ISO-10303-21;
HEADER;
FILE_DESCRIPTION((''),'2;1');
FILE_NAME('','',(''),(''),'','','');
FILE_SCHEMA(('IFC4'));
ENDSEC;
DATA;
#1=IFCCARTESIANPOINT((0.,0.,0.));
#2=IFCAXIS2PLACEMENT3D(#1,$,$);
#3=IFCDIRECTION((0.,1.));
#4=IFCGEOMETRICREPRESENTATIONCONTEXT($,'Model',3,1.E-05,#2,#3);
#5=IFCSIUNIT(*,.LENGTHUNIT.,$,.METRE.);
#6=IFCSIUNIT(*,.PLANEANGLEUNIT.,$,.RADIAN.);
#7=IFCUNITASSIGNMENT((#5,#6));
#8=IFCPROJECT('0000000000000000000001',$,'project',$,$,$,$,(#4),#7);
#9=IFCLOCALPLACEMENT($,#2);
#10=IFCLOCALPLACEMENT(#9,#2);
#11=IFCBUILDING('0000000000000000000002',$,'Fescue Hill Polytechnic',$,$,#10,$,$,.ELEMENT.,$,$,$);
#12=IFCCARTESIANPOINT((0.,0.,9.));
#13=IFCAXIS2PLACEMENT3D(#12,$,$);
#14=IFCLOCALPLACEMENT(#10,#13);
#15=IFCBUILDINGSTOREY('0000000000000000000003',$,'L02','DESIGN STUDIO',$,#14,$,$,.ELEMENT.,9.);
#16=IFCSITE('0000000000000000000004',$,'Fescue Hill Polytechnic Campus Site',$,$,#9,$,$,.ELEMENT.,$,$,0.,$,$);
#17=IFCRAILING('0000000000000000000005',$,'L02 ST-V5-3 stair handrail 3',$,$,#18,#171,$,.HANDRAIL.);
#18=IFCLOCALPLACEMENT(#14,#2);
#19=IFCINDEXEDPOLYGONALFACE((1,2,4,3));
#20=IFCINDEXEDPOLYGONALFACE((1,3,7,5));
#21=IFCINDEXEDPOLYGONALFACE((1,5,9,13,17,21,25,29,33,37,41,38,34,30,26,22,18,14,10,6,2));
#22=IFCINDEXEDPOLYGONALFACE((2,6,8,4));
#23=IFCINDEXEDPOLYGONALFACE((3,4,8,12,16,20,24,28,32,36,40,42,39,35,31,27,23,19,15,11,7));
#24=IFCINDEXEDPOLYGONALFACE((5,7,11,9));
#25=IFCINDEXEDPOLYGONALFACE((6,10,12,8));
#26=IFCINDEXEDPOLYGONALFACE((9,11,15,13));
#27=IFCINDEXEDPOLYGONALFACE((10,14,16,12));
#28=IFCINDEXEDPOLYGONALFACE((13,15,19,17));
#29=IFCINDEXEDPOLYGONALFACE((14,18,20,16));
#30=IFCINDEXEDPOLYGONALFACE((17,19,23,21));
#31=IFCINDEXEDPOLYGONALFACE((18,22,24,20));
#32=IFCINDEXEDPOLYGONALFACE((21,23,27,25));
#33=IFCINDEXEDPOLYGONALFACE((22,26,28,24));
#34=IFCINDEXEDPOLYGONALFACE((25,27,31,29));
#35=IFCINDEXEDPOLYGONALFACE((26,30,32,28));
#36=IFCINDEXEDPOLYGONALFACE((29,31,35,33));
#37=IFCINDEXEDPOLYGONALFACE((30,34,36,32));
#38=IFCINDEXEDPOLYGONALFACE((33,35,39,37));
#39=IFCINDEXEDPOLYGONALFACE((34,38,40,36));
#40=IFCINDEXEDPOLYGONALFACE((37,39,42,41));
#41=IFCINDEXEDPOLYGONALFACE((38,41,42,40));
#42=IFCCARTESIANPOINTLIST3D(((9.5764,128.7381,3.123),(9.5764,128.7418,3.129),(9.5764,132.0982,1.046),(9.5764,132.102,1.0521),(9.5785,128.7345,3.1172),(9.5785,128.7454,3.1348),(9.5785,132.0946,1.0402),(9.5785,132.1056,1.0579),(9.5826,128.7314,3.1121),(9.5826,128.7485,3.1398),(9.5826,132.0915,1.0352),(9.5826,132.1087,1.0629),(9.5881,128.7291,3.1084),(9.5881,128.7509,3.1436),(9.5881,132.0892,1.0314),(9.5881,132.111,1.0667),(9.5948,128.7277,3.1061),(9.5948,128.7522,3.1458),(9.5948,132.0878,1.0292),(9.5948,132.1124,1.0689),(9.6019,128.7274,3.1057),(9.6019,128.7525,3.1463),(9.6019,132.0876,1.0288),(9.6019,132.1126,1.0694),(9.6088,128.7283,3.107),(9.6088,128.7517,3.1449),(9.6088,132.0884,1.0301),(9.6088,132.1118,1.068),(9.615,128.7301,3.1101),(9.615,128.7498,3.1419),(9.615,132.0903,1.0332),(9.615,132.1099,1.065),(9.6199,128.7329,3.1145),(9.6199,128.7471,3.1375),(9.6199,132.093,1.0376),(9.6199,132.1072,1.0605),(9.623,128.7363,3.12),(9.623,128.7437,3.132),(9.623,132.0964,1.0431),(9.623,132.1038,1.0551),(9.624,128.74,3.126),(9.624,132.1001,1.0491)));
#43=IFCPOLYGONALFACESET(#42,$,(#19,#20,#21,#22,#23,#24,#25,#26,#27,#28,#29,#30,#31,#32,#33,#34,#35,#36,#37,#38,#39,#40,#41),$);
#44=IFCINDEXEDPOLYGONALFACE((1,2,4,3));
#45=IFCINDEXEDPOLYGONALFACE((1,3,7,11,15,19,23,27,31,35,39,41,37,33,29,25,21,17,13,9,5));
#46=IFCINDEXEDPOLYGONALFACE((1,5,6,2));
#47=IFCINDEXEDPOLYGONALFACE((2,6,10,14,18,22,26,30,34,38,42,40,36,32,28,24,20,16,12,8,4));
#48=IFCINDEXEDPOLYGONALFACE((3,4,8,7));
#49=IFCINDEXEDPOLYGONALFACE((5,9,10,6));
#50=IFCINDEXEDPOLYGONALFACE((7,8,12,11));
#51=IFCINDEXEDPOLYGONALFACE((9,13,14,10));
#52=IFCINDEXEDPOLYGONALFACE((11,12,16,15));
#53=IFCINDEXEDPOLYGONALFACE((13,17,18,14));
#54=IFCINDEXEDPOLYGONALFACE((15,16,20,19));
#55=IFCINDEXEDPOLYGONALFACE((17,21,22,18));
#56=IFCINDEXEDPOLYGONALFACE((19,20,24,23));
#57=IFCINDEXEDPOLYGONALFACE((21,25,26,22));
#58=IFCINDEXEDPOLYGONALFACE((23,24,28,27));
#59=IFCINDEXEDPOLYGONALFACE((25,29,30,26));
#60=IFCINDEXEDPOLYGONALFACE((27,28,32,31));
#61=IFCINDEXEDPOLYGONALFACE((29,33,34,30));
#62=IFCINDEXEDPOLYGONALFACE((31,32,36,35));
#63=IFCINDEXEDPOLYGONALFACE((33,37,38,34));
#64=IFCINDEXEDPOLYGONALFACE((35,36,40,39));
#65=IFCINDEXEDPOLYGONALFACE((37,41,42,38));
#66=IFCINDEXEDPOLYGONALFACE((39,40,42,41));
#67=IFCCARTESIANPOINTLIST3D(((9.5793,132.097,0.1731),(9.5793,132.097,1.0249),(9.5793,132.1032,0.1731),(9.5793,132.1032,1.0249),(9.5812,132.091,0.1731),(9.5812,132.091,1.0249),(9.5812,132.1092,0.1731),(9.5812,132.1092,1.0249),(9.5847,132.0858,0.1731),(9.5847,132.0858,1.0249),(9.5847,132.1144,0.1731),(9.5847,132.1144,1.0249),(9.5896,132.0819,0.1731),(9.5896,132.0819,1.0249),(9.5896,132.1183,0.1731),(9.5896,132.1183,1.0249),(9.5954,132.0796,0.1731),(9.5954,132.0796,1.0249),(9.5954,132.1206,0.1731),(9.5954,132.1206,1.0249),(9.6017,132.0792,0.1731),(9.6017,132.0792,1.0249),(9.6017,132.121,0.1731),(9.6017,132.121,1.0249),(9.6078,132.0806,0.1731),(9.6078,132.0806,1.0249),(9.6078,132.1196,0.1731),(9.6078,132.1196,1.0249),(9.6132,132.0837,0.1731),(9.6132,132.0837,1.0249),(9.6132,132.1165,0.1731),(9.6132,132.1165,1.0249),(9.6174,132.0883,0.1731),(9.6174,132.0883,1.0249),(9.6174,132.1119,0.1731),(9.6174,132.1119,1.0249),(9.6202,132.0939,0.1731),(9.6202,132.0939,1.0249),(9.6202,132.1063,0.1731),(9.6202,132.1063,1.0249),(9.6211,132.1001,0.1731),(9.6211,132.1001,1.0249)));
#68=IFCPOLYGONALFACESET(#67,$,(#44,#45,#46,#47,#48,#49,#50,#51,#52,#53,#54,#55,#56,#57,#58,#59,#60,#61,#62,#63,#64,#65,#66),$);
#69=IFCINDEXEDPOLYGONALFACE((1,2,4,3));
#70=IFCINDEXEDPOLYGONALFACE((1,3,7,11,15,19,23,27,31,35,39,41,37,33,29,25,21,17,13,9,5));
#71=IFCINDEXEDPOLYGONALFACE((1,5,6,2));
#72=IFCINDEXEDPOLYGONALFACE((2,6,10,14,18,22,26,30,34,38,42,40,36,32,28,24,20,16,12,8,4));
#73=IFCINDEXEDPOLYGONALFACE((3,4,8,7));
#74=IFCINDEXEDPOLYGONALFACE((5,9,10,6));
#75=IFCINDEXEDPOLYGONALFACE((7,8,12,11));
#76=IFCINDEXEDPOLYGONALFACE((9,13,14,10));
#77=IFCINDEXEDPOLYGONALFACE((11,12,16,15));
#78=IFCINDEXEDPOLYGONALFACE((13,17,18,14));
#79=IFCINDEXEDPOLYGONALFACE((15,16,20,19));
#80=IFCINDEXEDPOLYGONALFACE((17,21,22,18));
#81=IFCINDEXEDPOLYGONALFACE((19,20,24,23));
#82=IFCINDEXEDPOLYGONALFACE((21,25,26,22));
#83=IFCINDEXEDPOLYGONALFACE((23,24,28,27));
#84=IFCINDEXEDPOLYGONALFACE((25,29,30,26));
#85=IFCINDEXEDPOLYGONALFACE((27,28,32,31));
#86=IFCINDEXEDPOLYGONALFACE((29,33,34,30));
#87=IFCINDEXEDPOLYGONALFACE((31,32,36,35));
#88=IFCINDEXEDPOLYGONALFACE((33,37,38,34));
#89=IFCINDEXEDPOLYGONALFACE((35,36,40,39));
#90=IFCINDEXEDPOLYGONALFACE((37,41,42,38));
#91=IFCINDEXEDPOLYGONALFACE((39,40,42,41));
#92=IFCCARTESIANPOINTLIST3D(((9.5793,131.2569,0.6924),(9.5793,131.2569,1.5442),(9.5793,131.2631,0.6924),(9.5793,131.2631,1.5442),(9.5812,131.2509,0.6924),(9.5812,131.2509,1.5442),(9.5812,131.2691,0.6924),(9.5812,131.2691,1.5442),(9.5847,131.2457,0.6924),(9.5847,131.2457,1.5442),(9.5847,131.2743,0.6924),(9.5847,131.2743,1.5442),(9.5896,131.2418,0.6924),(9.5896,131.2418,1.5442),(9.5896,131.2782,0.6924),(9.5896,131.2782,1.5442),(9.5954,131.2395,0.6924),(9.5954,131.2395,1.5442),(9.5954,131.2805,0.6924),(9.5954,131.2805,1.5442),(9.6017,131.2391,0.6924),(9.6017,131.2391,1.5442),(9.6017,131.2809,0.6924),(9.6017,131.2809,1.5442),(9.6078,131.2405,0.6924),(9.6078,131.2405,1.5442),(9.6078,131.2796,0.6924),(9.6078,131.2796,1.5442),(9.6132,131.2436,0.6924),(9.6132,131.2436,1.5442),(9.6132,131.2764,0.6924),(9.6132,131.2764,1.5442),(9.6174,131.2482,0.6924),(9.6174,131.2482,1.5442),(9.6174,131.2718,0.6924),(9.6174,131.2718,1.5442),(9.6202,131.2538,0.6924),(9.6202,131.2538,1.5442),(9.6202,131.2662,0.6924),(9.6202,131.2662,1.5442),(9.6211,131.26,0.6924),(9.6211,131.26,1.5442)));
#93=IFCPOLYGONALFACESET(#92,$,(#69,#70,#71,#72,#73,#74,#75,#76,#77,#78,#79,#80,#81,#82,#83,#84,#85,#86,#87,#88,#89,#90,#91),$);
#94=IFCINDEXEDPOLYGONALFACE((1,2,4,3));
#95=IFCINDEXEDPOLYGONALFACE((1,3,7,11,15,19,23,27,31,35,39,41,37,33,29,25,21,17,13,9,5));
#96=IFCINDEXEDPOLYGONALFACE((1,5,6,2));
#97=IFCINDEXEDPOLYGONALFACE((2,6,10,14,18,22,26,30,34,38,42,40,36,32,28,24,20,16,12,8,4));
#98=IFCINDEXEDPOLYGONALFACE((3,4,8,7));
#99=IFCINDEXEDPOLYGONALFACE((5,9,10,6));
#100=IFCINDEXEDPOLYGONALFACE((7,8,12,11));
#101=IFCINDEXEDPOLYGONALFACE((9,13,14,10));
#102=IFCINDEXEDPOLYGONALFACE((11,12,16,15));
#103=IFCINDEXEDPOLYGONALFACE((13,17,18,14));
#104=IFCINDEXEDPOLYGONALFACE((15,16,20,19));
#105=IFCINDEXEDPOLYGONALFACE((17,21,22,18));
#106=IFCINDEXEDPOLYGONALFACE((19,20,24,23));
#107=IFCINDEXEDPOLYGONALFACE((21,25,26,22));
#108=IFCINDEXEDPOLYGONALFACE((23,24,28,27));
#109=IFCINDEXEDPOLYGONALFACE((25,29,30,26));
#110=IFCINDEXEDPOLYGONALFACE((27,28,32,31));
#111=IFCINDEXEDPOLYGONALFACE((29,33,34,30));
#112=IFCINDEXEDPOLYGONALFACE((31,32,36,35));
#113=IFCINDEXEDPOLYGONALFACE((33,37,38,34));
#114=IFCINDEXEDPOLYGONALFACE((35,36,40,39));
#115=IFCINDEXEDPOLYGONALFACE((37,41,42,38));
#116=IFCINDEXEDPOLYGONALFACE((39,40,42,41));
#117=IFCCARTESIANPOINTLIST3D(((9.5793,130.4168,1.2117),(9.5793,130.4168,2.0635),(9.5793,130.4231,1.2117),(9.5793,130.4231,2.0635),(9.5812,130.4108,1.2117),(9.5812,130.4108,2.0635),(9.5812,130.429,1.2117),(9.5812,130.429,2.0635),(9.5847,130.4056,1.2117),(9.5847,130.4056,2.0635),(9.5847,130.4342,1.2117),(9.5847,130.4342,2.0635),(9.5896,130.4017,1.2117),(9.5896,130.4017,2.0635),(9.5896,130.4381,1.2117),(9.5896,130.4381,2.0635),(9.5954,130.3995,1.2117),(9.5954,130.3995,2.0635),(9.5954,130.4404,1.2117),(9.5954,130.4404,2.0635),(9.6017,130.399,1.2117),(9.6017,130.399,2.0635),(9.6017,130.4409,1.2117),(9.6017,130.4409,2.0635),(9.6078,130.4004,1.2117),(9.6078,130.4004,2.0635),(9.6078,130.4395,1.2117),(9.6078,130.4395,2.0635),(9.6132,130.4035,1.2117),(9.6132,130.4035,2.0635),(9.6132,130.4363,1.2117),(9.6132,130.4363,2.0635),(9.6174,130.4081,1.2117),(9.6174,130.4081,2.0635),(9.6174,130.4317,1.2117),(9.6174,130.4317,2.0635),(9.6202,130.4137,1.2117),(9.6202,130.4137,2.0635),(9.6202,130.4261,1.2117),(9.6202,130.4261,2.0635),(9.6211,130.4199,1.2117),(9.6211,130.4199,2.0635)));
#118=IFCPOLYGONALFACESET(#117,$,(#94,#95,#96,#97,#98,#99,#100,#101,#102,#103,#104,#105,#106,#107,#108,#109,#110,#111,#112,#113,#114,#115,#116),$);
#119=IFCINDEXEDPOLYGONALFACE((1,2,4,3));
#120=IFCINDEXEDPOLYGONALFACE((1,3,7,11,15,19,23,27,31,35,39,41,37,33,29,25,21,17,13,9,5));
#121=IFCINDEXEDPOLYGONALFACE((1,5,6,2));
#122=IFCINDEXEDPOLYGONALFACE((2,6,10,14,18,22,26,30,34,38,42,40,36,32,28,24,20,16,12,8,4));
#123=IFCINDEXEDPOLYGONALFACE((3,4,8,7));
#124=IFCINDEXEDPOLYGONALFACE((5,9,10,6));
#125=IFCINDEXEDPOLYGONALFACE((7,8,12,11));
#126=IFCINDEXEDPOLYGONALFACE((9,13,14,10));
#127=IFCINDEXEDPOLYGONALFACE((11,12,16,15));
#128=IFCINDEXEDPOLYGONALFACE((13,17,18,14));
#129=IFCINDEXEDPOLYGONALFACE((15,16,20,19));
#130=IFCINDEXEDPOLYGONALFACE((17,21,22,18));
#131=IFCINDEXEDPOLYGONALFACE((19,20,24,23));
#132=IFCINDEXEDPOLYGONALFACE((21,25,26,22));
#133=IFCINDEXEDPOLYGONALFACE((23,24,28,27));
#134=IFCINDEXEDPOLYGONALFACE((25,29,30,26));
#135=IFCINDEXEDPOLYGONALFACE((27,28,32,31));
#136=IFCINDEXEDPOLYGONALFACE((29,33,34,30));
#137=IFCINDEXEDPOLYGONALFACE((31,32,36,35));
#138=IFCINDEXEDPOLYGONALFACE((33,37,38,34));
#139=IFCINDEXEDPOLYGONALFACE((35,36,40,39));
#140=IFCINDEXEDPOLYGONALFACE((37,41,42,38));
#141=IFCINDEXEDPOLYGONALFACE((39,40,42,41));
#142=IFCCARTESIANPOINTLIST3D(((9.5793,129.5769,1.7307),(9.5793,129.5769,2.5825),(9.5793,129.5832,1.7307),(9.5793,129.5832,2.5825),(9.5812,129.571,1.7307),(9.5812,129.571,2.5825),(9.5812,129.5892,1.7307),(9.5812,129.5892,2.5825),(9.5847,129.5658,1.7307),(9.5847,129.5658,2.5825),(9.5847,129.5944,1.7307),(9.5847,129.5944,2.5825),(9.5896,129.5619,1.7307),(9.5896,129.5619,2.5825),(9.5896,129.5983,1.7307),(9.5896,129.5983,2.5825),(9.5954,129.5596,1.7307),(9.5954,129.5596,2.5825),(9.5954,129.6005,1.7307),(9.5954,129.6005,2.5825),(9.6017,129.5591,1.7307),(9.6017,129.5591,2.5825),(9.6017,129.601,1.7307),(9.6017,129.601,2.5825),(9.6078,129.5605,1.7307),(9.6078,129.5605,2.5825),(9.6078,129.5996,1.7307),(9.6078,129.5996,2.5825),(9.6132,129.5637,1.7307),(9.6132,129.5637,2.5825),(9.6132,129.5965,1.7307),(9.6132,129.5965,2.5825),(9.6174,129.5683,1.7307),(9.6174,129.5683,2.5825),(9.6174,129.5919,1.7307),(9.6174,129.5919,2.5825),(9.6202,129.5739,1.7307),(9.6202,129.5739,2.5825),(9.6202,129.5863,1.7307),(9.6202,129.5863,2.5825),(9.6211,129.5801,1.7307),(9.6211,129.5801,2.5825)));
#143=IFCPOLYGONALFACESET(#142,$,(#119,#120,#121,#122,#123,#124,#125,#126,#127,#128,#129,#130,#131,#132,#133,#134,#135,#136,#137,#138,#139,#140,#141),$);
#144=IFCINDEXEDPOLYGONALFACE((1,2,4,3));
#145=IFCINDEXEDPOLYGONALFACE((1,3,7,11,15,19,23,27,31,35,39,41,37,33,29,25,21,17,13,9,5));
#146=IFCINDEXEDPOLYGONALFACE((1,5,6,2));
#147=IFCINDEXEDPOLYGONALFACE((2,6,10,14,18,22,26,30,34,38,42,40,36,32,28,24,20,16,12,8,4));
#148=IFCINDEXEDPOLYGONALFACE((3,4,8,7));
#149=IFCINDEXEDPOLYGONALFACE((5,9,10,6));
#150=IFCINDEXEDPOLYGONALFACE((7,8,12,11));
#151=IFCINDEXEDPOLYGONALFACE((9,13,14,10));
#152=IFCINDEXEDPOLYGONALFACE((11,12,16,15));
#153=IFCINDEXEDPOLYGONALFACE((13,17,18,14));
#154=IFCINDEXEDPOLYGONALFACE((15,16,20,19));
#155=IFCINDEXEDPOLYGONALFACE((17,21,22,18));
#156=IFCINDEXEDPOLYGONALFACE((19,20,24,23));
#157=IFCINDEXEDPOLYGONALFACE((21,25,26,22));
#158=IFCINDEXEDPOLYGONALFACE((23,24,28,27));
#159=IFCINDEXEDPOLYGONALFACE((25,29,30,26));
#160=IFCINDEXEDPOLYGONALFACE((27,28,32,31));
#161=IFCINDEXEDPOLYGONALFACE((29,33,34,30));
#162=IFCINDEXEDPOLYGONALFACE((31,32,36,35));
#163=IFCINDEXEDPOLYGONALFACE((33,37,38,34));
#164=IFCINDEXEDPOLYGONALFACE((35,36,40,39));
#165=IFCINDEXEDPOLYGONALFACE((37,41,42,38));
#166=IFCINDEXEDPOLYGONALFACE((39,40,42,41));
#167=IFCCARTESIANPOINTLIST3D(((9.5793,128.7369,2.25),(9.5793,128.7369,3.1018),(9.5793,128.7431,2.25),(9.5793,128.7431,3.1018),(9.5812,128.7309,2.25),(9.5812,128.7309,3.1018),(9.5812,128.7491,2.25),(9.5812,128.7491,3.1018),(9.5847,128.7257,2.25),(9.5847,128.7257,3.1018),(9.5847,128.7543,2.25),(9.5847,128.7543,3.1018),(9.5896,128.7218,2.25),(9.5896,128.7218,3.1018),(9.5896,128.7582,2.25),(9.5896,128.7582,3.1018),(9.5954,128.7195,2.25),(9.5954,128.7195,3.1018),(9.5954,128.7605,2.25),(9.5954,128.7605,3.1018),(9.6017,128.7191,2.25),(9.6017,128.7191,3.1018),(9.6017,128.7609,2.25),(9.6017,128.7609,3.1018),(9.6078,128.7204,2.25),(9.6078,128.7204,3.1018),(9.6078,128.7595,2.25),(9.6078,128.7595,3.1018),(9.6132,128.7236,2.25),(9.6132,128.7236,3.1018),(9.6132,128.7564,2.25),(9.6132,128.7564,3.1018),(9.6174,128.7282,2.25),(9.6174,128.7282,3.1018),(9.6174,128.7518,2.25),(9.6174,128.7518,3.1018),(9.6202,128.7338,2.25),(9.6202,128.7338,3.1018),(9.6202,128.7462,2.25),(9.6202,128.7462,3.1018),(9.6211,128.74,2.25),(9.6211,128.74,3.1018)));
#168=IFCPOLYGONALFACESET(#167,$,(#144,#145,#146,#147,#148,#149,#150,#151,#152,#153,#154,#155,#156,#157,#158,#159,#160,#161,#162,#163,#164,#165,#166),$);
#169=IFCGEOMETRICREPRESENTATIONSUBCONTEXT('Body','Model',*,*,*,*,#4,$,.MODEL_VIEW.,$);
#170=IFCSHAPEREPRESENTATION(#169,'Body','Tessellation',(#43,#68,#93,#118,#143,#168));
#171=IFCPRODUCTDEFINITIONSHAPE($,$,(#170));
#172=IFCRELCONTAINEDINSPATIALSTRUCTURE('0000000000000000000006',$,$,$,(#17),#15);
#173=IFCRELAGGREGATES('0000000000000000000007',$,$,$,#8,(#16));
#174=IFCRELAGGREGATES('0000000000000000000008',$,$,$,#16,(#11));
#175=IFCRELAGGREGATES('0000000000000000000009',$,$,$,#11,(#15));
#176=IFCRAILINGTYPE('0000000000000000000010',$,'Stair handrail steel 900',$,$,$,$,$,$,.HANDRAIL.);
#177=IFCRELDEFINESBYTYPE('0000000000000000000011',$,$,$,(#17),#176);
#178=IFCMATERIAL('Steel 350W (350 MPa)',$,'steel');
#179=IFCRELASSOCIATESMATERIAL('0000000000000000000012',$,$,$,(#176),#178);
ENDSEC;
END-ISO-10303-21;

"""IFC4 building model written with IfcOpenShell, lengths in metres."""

from ifc_helpers import new_model, si_unit, direction, frame, origin, origin_2d, place, context, subcontext, project, spatial, circle, extrude, material, type_object, element, save


model = new_model("IFC4")

# Units and contexts
model_context = context("Model", 3, precision=1e-05, world=origin(), true_north=direction((0.0, 1.0)))
body_context = subcontext(model_context, "Body", "Model", "MODEL_VIEW")
ifc_project = project(units=[si_unit("LENGTHUNIT", "METRE"), si_unit("PLANEANGLEUNIT", "RADIAN")], contexts=[model_context])

# Site, building, storey
site_placement = place(None, origin())
site = spatial("IfcSite", under=ifc_project, at=site_placement, Name="Fescue Hill Polytechnic Campus Site", CompositionType="ELEMENT", RefElevation=0.0)
building_placement = place(site_placement, origin())
building = spatial("IfcBuilding", under=site, at=building_placement, Name="Fescue Hill Polytechnic", CompositionType="ELEMENT")
storey_placement = place(building_placement, frame((0.0, 0.0, 9.0)))
storey = spatial("IfcBuildingStorey", under=building, at=storey_placement, Name="L02", Description="DESIGN STUDIO", CompositionType="ELEMENT", Elevation=9.0)

# Railing
ifc_material_1 = material(Name="Steel 350W (350 MPa)", Category="steel")
railing_type_1 = type_object("IfcRailingType", Name="Stair handrail steel 900", PredefinedType="HANDRAIL", material=ifc_material_1)
railing_1_placement = place(storey_placement, frame((9.6001, 132.1001, 0.1731)))
element("IfcRailing", 1, at=railing_1_placement, inside=storey, type_object=railing_type_1, Name="L02 ST-V5-3 stair handrail 3", PredefinedType="HANDRAIL", context=body_context, shape_type="SweptSolid", body=[
    extrude(circle(Radius=0.0239, at=origin_2d()), frame((0.0, 0.0, 0.876), z_axis=(0.0, -0.850623, 0.525776), x_axis=(1.0, 0.0, 0.0)), (0.0, 0.0, 1.0), 3.9502),
    extrude(circle(Radius=0.021, at=origin_2d()), origin(), (0.0, 0.0, 1.0), 0.8518),
    extrude(circle(Radius=0.021, at=origin_2d()), frame((0.0, -0.8401, 0.5193)), (0.0, 0.0, 1.0), 0.8518),
    extrude(circle(Radius=0.021, at=origin_2d()), frame((0.0, -1.6802, 1.0386)), (0.0, 0.0, 1.0), 0.8518),
    extrude(circle(Radius=0.021, at=origin_2d()), frame((0.0, -2.52, 1.5576)), (0.0, 0.0, 1.0), 0.8518),
    extrude(circle(Radius=0.021, at=origin_2d()), frame((0.0, -3.3601, 2.0769)), (0.0, 0.0, 1.0), 0.8518),
])

save(model, "model.ifc")
